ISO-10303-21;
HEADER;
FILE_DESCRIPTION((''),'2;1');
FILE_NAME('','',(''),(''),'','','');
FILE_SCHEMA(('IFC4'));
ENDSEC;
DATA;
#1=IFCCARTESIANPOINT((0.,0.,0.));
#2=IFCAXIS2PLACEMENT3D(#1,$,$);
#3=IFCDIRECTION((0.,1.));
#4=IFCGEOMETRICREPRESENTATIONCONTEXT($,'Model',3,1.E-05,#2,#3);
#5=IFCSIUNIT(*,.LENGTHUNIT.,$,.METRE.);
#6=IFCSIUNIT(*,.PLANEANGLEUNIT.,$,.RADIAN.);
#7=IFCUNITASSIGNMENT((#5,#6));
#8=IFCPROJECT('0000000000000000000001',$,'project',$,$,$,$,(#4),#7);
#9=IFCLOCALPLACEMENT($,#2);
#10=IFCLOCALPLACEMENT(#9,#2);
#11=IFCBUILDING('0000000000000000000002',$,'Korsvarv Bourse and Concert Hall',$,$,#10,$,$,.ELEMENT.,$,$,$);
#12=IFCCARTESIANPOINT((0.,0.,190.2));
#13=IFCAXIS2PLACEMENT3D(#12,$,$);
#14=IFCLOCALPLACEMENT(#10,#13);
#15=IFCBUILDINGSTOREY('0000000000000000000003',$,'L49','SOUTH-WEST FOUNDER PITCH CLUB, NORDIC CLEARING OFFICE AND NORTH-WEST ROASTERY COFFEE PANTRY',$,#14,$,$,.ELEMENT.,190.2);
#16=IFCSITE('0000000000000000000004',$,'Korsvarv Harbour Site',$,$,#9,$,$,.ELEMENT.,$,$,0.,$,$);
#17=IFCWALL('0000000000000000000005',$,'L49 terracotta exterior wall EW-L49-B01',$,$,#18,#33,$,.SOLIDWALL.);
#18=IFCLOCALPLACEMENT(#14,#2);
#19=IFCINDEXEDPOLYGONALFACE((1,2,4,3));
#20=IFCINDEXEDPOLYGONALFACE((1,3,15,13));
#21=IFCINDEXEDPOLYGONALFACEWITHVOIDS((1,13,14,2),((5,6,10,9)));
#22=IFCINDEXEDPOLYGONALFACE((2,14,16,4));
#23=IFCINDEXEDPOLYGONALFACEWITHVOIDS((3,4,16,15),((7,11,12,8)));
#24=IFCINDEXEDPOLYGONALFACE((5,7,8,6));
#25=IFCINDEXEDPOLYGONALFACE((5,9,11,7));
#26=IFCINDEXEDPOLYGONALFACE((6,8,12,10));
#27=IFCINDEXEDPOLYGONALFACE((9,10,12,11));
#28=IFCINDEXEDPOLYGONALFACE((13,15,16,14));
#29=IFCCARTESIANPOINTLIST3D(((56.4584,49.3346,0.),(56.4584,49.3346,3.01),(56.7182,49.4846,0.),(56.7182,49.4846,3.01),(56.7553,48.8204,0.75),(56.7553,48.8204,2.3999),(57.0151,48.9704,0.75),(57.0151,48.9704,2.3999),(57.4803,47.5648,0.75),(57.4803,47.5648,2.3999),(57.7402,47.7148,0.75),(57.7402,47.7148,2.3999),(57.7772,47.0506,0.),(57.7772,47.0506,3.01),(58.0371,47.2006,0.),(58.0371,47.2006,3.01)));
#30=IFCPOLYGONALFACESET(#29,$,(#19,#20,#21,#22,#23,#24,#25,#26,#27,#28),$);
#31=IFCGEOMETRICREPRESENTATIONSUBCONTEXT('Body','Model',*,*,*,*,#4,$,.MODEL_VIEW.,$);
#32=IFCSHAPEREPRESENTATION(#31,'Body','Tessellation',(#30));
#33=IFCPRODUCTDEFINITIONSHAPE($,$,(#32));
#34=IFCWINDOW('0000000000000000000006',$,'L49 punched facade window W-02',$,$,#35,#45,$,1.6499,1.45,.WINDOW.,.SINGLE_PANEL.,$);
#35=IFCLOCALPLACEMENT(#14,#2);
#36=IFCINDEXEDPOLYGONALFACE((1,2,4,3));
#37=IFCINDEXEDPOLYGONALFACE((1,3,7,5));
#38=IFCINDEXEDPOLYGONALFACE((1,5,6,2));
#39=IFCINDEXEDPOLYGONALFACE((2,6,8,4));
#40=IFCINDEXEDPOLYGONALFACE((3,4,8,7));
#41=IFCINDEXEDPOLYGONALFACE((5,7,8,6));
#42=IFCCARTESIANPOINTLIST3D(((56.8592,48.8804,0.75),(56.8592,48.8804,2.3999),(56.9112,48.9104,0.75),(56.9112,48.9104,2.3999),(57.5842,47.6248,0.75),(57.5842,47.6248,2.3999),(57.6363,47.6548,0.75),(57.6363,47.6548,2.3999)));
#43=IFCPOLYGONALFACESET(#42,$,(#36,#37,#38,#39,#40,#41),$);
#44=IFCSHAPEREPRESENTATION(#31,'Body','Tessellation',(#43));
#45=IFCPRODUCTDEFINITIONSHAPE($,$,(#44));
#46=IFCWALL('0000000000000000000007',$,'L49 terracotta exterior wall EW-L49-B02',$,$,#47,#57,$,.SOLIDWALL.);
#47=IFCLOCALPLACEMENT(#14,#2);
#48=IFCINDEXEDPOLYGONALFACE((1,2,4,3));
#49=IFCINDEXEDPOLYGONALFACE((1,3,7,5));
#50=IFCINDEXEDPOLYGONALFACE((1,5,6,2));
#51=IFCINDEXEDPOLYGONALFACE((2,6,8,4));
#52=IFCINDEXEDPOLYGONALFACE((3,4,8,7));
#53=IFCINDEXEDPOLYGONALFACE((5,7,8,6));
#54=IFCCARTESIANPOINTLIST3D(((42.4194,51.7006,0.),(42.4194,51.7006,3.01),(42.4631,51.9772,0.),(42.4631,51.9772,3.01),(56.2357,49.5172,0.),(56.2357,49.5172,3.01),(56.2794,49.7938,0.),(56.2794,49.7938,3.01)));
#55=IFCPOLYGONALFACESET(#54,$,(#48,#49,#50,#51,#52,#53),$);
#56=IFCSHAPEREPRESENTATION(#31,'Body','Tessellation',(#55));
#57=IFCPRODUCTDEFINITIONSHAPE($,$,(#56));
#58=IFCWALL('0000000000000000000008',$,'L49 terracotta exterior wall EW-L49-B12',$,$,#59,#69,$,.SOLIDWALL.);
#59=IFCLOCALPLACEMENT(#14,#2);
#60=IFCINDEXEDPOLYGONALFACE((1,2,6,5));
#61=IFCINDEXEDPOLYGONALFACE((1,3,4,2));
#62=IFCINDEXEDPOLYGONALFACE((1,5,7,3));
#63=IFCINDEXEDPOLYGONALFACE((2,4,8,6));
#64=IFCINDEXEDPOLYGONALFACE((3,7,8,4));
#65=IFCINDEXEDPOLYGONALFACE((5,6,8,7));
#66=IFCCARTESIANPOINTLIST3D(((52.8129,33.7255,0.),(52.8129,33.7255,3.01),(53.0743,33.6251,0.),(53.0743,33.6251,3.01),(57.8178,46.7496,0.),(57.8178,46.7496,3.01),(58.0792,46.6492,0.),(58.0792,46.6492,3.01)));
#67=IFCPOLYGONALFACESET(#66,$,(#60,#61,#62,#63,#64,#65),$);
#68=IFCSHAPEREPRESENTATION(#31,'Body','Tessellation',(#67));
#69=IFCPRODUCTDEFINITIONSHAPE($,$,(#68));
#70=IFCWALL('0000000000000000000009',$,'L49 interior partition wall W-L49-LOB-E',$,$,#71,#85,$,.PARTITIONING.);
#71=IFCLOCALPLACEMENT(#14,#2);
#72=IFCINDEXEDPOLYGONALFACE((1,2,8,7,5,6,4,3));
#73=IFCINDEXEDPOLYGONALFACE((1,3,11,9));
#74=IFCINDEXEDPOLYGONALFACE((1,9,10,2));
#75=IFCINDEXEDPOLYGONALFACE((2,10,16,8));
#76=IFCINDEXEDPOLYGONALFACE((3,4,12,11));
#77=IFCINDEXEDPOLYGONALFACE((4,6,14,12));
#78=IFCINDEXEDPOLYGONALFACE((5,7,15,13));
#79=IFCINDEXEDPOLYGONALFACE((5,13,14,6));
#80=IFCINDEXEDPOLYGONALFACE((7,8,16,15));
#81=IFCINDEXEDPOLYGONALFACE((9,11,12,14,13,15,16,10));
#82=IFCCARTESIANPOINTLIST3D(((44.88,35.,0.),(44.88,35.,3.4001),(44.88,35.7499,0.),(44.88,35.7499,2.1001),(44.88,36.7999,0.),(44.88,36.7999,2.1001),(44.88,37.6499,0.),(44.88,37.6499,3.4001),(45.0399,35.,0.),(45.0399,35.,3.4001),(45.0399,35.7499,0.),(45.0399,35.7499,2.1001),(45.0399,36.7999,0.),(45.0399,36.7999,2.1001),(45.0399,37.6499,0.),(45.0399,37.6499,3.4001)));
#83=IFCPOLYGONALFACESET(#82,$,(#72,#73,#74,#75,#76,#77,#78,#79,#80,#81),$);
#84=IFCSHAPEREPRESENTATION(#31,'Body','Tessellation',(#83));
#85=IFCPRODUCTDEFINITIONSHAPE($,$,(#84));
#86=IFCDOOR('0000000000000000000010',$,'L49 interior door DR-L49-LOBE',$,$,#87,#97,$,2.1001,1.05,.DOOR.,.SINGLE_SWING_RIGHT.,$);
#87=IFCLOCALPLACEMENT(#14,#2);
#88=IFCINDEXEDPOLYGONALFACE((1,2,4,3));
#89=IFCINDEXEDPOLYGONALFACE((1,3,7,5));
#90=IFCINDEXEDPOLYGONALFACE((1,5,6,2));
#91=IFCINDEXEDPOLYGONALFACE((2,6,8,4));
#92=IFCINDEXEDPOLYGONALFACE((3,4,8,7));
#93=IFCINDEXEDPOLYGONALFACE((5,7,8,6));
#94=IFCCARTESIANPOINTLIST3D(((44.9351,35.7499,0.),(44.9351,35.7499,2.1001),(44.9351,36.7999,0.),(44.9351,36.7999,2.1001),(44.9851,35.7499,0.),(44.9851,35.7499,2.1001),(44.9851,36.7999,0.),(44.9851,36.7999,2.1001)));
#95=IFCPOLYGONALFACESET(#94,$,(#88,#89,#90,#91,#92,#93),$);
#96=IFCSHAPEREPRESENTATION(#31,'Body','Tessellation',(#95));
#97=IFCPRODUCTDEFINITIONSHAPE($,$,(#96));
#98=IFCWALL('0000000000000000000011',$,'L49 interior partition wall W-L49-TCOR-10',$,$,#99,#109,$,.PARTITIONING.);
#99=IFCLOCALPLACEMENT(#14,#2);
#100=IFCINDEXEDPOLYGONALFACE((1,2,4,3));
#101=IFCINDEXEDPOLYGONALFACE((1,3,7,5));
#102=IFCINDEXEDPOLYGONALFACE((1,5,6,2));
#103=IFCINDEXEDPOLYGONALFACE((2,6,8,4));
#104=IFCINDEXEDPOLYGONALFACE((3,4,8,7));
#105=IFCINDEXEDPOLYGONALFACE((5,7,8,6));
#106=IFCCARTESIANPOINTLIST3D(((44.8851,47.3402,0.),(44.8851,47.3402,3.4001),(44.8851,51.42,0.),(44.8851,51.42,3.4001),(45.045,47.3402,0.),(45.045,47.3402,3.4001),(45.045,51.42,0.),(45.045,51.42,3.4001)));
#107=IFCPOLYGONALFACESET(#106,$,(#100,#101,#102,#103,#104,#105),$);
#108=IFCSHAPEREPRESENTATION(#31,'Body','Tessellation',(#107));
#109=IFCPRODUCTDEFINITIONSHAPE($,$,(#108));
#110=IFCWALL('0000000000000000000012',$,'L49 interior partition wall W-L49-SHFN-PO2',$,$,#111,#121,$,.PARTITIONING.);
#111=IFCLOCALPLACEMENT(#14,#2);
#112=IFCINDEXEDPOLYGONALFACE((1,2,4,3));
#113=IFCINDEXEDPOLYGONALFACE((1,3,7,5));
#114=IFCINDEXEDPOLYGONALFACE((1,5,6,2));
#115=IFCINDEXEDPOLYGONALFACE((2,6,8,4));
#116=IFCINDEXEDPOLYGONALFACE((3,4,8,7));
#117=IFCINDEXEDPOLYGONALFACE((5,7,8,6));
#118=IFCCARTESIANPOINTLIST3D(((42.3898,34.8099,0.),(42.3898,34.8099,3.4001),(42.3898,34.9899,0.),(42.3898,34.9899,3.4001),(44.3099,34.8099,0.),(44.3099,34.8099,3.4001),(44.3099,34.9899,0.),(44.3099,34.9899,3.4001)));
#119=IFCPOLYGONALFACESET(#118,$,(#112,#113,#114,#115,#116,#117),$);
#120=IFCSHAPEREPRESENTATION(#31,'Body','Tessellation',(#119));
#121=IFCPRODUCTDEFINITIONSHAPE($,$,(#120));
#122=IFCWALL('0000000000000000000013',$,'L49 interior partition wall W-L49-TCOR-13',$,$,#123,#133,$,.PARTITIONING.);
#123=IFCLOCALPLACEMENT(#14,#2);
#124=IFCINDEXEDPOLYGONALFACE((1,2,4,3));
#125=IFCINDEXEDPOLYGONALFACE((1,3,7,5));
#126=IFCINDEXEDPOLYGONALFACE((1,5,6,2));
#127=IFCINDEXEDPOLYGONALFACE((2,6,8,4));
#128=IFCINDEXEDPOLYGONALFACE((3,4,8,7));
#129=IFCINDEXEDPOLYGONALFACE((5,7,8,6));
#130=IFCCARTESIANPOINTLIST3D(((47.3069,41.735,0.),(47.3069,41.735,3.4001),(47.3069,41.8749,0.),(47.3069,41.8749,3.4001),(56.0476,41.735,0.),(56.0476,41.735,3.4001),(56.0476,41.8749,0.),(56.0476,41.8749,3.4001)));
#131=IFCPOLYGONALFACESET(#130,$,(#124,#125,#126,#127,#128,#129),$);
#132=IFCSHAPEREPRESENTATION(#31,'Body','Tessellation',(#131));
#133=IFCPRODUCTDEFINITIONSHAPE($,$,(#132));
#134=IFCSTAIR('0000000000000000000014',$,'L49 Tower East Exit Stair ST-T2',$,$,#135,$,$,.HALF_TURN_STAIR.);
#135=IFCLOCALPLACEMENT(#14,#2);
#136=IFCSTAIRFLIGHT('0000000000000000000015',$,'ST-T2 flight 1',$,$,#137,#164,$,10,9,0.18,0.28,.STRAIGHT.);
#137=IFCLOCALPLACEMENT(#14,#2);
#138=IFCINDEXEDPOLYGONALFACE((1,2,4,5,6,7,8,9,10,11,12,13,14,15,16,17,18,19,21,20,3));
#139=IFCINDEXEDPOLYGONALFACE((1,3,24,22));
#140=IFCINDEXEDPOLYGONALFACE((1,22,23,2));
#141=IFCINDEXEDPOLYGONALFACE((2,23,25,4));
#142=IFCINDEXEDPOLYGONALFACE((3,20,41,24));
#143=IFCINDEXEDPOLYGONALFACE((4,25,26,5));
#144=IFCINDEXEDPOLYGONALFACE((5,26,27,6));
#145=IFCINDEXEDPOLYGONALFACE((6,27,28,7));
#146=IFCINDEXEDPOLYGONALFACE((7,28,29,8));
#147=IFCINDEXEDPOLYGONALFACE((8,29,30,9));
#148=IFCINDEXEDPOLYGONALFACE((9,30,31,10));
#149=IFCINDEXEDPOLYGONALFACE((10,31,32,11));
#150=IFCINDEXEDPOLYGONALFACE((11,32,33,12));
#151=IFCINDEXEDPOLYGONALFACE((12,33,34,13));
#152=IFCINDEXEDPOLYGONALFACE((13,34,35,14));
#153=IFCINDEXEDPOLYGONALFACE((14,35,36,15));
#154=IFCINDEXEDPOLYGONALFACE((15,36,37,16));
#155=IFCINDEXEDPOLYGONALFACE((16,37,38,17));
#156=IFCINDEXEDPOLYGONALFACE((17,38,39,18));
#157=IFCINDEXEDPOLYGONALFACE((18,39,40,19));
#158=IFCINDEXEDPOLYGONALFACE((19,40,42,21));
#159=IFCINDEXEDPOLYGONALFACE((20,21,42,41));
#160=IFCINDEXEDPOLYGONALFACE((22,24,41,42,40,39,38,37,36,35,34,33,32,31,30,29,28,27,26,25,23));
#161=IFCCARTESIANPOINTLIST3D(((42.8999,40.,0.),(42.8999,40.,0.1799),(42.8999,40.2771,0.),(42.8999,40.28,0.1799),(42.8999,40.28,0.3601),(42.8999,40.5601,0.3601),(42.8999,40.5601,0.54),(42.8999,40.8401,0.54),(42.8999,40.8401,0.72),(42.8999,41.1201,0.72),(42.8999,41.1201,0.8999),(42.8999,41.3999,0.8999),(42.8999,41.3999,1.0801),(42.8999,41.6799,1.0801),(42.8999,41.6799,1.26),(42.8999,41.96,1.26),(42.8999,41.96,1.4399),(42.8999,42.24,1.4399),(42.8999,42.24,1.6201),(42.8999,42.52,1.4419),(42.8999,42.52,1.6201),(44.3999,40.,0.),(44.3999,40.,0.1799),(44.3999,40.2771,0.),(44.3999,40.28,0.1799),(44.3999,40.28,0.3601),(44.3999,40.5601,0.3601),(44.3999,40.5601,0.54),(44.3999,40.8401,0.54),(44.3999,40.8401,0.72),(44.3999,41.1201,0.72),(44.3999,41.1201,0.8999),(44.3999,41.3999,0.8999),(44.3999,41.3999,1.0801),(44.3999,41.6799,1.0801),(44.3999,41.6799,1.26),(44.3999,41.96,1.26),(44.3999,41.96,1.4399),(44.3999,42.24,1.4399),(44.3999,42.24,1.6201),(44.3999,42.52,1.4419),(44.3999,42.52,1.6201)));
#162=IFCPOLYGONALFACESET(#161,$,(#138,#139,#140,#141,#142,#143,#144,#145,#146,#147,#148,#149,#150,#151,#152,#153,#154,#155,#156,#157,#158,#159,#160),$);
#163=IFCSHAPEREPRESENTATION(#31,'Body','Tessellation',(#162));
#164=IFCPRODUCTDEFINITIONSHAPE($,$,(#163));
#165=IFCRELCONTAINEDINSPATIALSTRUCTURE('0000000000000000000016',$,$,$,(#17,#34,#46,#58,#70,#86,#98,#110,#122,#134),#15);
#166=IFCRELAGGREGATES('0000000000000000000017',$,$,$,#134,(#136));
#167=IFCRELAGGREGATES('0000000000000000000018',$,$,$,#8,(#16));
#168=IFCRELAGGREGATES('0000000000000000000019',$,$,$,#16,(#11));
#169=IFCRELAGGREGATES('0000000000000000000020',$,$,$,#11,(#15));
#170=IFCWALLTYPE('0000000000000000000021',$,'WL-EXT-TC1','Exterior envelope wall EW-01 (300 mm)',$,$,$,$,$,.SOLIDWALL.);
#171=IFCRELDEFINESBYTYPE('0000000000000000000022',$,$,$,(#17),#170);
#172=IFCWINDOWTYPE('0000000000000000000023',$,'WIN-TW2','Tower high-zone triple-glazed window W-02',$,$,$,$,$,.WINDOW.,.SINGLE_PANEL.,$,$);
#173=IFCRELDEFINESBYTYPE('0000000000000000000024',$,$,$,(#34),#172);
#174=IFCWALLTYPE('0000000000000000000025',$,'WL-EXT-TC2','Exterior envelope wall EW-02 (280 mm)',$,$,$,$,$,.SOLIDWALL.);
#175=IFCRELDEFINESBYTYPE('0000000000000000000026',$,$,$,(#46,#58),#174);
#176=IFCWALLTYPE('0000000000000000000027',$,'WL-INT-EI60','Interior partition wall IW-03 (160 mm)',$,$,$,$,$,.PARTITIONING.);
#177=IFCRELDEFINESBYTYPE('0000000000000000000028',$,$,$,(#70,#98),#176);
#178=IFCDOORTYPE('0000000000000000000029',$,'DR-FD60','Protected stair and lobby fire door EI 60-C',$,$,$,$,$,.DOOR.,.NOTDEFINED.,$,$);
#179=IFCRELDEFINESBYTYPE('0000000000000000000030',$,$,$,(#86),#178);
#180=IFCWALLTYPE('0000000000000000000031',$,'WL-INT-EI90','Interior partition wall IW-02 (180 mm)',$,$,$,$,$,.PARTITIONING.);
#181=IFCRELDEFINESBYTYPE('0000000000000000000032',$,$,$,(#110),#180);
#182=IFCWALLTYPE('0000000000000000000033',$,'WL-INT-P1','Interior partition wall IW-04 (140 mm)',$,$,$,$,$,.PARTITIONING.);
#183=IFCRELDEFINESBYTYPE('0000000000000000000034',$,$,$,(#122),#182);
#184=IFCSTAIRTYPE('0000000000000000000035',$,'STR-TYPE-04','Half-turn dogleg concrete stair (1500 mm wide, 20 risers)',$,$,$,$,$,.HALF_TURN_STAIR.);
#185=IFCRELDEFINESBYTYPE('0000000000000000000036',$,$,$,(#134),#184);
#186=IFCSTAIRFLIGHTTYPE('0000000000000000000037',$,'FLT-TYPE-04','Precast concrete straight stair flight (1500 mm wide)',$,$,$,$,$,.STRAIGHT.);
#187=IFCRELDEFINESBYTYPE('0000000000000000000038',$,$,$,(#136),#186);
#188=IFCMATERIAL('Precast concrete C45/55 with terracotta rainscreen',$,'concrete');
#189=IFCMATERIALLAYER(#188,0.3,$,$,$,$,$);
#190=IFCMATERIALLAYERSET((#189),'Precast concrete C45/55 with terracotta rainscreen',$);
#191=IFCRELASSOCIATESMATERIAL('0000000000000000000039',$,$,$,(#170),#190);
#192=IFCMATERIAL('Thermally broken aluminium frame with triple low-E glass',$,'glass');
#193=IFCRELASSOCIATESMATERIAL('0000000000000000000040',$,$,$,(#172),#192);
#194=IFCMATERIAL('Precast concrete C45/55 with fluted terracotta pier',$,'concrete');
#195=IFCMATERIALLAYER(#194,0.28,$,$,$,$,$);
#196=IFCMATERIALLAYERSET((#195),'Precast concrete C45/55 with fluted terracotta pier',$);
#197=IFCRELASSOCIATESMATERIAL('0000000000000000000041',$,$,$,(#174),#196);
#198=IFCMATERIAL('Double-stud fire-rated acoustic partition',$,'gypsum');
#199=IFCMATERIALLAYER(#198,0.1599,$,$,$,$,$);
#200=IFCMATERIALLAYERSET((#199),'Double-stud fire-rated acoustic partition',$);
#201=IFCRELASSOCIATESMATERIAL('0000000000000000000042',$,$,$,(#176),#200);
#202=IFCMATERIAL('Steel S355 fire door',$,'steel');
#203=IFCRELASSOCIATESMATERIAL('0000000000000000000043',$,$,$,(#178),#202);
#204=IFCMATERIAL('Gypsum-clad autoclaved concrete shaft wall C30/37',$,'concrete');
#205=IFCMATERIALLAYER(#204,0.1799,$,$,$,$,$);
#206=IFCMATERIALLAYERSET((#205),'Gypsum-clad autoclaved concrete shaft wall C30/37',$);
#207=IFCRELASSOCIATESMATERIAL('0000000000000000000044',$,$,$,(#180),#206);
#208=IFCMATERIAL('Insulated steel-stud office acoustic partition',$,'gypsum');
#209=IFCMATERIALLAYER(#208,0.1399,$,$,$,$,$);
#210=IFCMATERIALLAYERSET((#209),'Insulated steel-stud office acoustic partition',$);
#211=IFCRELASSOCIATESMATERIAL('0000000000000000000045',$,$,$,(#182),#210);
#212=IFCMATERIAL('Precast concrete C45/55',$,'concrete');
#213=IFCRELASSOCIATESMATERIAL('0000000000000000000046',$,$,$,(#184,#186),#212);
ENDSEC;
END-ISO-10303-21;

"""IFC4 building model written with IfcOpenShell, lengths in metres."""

from ifc_helpers import new_model, si_unit, direction, frame, frame_2d, origin, place, context, subcontext, project, spatial, polyline, rectangle, outline, extrude, material, layer, layer_set, type_object, element, fill, aggregate, save


model = new_model("IFC4")

# Units and contexts
model_context = context("Model", 3, precision=1e-05, world=origin(), true_north=direction((0.0, 1.0)))
body_context = subcontext(model_context, "Body", "Model", "MODEL_VIEW")
ifc_project = project(units=[si_unit("LENGTHUNIT", "METRE"), si_unit("PLANEANGLEUNIT", "RADIAN")], contexts=[model_context])

# Site, building, storey
site_placement = place(None, origin())
site = spatial("IfcSite", under=ifc_project, at=site_placement, Name="Korsvarv Harbour Site", CompositionType="ELEMENT", RefElevation=0.0)
building_placement = place(site_placement, origin())
building = spatial("IfcBuilding", under=site, at=building_placement, Name="Korsvarv Bourse and Concert Hall", CompositionType="ELEMENT")
storey_placement = place(building_placement, frame((0.0, 0.0, 190.2)))
storey = spatial("IfcBuildingStorey", under=building, at=storey_placement, Name="L49", Description="SOUTH-WEST FOUNDER PITCH CLUB, NORDIC CLEARING OFFICE AND NORTH-WEST ROASTERY COFFEE PANTRY", CompositionType="ELEMENT", Elevation=190.2)

# Wall, opening, window
ifc_material_1 = material(Name="Precast concrete C45/55 with terracotta rainscreen", Category="concrete")
ifc_layer_1 = layer(ifc_material_1, 0.3)
ifc_layer_set_1 = layer_set([ifc_layer_1], Name="Precast concrete C45/55 with terracotta rainscreen")
wall_type_1 = type_object("IfcWallType", Name="WL-EXT-TC1", Description="Exterior envelope wall EW-01 (300 mm)", PredefinedType="SOLIDWALL", material=ifc_layer_set_1)
wall_1_placement = place(storey_placement, frame((57.9072, 47.1255, 0.0), z_axis=(0.0, 0.0, 1.0), x_axis=(-0.500062, 0.86599, 0.0)))
wall_1 = element("IfcWall", 1, at=wall_1_placement, inside=storey, type_object=wall_type_1, Name="L49 terracotta exterior wall EW-L49-B01", PredefinedType="SOLIDWALL", context=body_context, shape_type="SweptSolid", body=[
    extrude(rectangle(XDim=2.6375, YDim=0.3, at=frame_2d((1.3188, 0.0))), origin(), (0.0, 0.0, 1.0), 3.01),
])
opening_1_placement = place(wall_1_placement, frame((0.5938, 0.0, 0.75)))
opening_1 = element("IfcOpeningElement", 2, at=opening_1_placement, cuts=wall_1, PredefinedType="OPENING", context=body_context, shape_type="SweptSolid", body=[
    extrude(rectangle(XDim=1.45, YDim=1.6499, at=frame_2d((0.7251, 0.825))), frame((0.0, 0.1602, 0.0), z_axis=(0.0, -1.0, 0.0), x_axis=(1.0, 0.0, 0.0)), (0.0, 0.0, 1.0), 0.3201),
])
ifc_material_2 = material(Name="Thermally broken aluminium frame with triple low-E glass", Category="glass")
window_type = type_object("IfcWindowType", Name="WIN-TW2", Description="Tower high-zone triple-glazed window W-02", PartitioningType="SINGLE_PANEL", PredefinedType="WINDOW", material=ifc_material_2)
window_placement = place(opening_1_placement, origin())
window = element("IfcWindow", 3, at=window_placement, inside=storey, type_object=window_type, Name="L49 punched facade window W-02", OverallHeight=1.6499, OverallWidth=1.45, PartitioningType="SINGLE_PANEL", PredefinedType="WINDOW", context=body_context, shape_type="SweptSolid", body=[
    extrude(rectangle(XDim=1.45, YDim=1.6499, at=frame_2d((0.7251, 0.825))), frame((0.0, 0.03, 0.0), z_axis=(0.0, -1.0, 0.0), x_axis=(1.0, 0.0, 0.0)), (0.0, 0.0, 1.0), 0.0601),
])
fill(opening_1, window)

# Walls
ifc_material_3 = material(Name="Precast concrete C45/55 with fluted terracotta pier", Category="concrete")
ifc_layer_2 = layer(ifc_material_3, 0.28)
ifc_layer_set_2 = layer_set([ifc_layer_2], Name="Precast concrete C45/55 with fluted terracotta pier")
wall_type_2 = type_object("IfcWallType", Name="WL-EXT-TC2", Description="Exterior envelope wall EW-02 (280 mm)", PredefinedType="SOLIDWALL", material=ifc_layer_set_2)
wall_2_placement = place(storey_placement, frame((56.2576, 49.6555, 0.0), z_axis=(0.0, 0.0, 1.0), x_axis=(-0.987743, 0.156089, 0.0)))
element("IfcWall", 4, at=wall_2_placement, inside=storey, type_object=wall_type_2, Name="L49 terracotta exterior wall EW-L49-B02", PredefinedType="SOLIDWALL", context=body_context, shape_type="SweptSolid", body=[
    extrude(rectangle(XDim=13.9878, YDim=0.28, at=frame_2d((6.9939, 0.0))), origin(), (0.0, 0.0, 1.0), 3.01),
])
wall_3_placement = place(storey_placement, frame((52.9436, 33.6753, 0.0), z_axis=(0.0, 0.0, 1.0), x_axis=(0.358704, 0.933452, 0.0)))
element("IfcWall", 5, at=wall_3_placement, inside=storey, type_object=wall_type_2, Name="L49 terracotta exterior wall EW-L49-B12", PredefinedType="SOLIDWALL", context=body_context, shape_type="SweptSolid", body=[
    extrude(rectangle(XDim=13.9526, YDim=0.28, at=frame_2d((6.9763, 0.0))), origin(), (0.0, 0.0, 1.0), 3.01),
])

# Wall, opening, door
ifc_material_4 = material(Name="Double-stud fire-rated acoustic partition", Category="gypsum")
ifc_layer_3 = layer(ifc_material_4, 0.1599)
ifc_layer_set_3 = layer_set([ifc_layer_3], Name="Double-stud fire-rated acoustic partition")
wall_type_3 = type_object("IfcWallType", Name="WL-INT-EI60", Description="Interior partition wall IW-03 (160 mm)", PredefinedType="PARTITIONING", material=ifc_layer_set_3)
wall_4_placement = place(storey_placement, frame((44.96, 35.0, 0.0), z_axis=(0.0, 0.0, 1.0), x_axis=(0.0, 1.0, 0.0)))
wall_4 = element("IfcWall", 6, at=wall_4_placement, inside=storey, type_object=wall_type_3, Name="L49 interior partition wall W-L49-LOB-E", PredefinedType="PARTITIONING", context=body_context, shape_type="SweptSolid", body=[
    extrude(rectangle(XDim=2.6499, YDim=0.1599, at=frame_2d((1.325, 0.0))), origin(), (0.0, 0.0, 1.0), 3.4001),
])
opening_2_placement = place(wall_4_placement, frame((0.75, 0.0, 0.0)))
opening_2 = element("IfcOpeningElement", 7, at=opening_2_placement, cuts=wall_4, PredefinedType="OPENING", context=body_context, shape_type="SweptSolid", body=[
    extrude(rectangle(XDim=1.05, YDim=2.1001, at=frame_2d((0.5249, 1.05))), frame((0.0, 0.0898, 0.0), z_axis=(0.0, -1.0, 0.0), x_axis=(1.0, 0.0, 0.0)), (0.0, 0.0, 1.0), 0.1799),
])
ifc_material_5 = material(Name="Steel S355 fire door", Category="steel")
door_type = type_object("IfcDoorType", Name="DR-FD60", Description="Protected stair and lobby fire door EI 60-C", OperationType="NOTDEFINED", PredefinedType="DOOR", material=ifc_material_5)
door_placement = place(opening_2_placement, origin())
door = element("IfcDoor", 8, at=door_placement, inside=storey, type_object=door_type, Name="L49 interior door DR-L49-LOBE", OperationType="SINGLE_SWING_RIGHT", OverallHeight=2.1001, OverallWidth=1.05, PredefinedType="DOOR", context=body_context, shape_type="SweptSolid", body=[
    extrude(rectangle(XDim=1.05, YDim=2.1001, at=frame_2d((0.5249, 1.05))), frame((0.0, 0.0249, 0.0), z_axis=(0.0, -1.0, 0.0), x_axis=(1.0, 0.0, 0.0)), (0.0, 0.0, 1.0), 0.05),
])
fill(opening_2, door)

# Walls
wall_5_placement = place(storey_placement, frame((44.9651, 47.3401, 0.0), z_axis=(0.0, 0.0, 1.0), x_axis=(0.0, 1.0, 0.0)))
element("IfcWall", 9, at=wall_5_placement, inside=storey, type_object=wall_type_3, Name="L49 interior partition wall W-L49-TCOR-10", PredefinedType="PARTITIONING", context=body_context, shape_type="SweptSolid", body=[
    extrude(rectangle(XDim=4.0798, YDim=0.1599, at=frame_2d((2.04, 0.0))), origin(), (0.0, 0.0, 1.0), 3.4001),
])
ifc_material_6 = material(Name="Gypsum-clad autoclaved concrete shaft wall C30/37", Category="concrete")
ifc_layer_4 = layer(ifc_material_6, 0.1799)
ifc_layer_set_4 = layer_set([ifc_layer_4], Name="Gypsum-clad autoclaved concrete shaft wall C30/37")
wall_type_4 = type_object("IfcWallType", Name="WL-INT-EI90", Description="Interior partition wall IW-02 (180 mm)", PredefinedType="PARTITIONING", material=ifc_layer_set_4)
wall_6_placement = place(storey_placement, frame((42.3899, 34.8999, 0.0), z_axis=(0.0, 0.0, 1.0), x_axis=(1.0, 0.0, 0.0)))
element("IfcWall", 10, at=wall_6_placement, inside=storey, type_object=wall_type_4, Name="L49 interior partition wall W-L49-SHFN-PO2", PredefinedType="PARTITIONING", context=body_context, shape_type="SweptSolid", body=[
    extrude(rectangle(XDim=1.9202, YDim=0.1799, at=frame_2d((0.96, 0.0))), origin(), (0.0, 0.0, 1.0), 3.4001),
])
ifc_material_7 = material(Name="Insulated steel-stud office acoustic partition", Category="gypsum")
ifc_layer_5 = layer(ifc_material_7, 0.1399)
ifc_layer_set_5 = layer_set([ifc_layer_5], Name="Insulated steel-stud office acoustic partition")
wall_type_5 = type_object("IfcWallType", Name="WL-INT-P1", Description="Interior partition wall IW-04 (140 mm)", PredefinedType="PARTITIONING", material=ifc_layer_set_5)
wall_7_placement = place(storey_placement, frame((47.3069, 41.8049, 0.0), z_axis=(0.0, 0.0, 1.0), x_axis=(1.0, 0.0, 0.0)))
element("IfcWall", 11, at=wall_7_placement, inside=storey, type_object=wall_type_5, Name="L49 interior partition wall W-L49-TCOR-13", PredefinedType="PARTITIONING", context=body_context, shape_type="SweptSolid", body=[
    extrude(rectangle(XDim=8.7407, YDim=0.1399, at=frame_2d((4.3704, 0.0))), origin(), (0.0, 0.0, 1.0), 3.4001),
])

# Stair, stair flight
ifc_material_8 = material(Name="Precast concrete C45/55", Category="concrete")
stair_type = type_object("IfcStairType", Name="STR-TYPE-04", Description="Half-turn dogleg concrete stair (1500 mm wide, 20 risers)", PredefinedType="HALF_TURN_STAIR", material=ifc_material_8)
stair_placement = place(storey_placement, origin())
stair = element("IfcStair", 12, at=stair_placement, inside=storey, type_object=stair_type, Name="L49 Tower East Exit Stair ST-T2", PredefinedType="HALF_TURN_STAIR")
stair_flight_type = type_object("IfcStairFlightType", Name="FLT-TYPE-04", Description="Precast concrete straight stair flight (1500 mm wide)", PredefinedType="STRAIGHT", material=ifc_material_8)
stair_flight_placement = place(storey_placement, frame((43.6499, 40.0, 0.0), z_axis=(0.0, 0.0, 1.0), x_axis=(0.0, 1.0, 0.0)))
stair_flight = element("IfcStairFlight", 13, at=stair_flight_placement, type_object=stair_flight_type, Name="ST-T2 flight 1", NumberOfRisers=10, NumberOfTreads=9, PredefinedType="STRAIGHT", RiserHeight=0.18, TreadLength=0.28, context=body_context, shape_type="SweptSolid", body=[
    extrude(outline(polyline([(0.0, 0.0), (0.0, 0.1799), (0.28, 0.1799), (0.28, 0.3601), (0.5601, 0.3601), (0.5601, 0.54), (0.8401, 0.54), (0.8401, 0.72), (1.1201, 0.72), (1.1201, 0.8999), (1.3999, 0.8999), (1.3999, 1.0801), (1.6799, 1.0801), (1.6799, 1.26), (1.96, 1.26), (1.96, 1.4399), (2.24, 1.4399), (2.24, 1.6201), (2.52, 1.6201), (2.52, 1.8), (2.52, 1.4419), (0.2771, 0.0), (0.0, 0.0)])), frame((0.0, 0.75, 0.0), z_axis=(0.0, -1.0, 0.0), x_axis=(1.0, 0.0, 0.0)), (0.0, 0.0, 1.0), 1.5),
])
aggregate(stair, [stair_flight])

save(model, "model.ifc")
